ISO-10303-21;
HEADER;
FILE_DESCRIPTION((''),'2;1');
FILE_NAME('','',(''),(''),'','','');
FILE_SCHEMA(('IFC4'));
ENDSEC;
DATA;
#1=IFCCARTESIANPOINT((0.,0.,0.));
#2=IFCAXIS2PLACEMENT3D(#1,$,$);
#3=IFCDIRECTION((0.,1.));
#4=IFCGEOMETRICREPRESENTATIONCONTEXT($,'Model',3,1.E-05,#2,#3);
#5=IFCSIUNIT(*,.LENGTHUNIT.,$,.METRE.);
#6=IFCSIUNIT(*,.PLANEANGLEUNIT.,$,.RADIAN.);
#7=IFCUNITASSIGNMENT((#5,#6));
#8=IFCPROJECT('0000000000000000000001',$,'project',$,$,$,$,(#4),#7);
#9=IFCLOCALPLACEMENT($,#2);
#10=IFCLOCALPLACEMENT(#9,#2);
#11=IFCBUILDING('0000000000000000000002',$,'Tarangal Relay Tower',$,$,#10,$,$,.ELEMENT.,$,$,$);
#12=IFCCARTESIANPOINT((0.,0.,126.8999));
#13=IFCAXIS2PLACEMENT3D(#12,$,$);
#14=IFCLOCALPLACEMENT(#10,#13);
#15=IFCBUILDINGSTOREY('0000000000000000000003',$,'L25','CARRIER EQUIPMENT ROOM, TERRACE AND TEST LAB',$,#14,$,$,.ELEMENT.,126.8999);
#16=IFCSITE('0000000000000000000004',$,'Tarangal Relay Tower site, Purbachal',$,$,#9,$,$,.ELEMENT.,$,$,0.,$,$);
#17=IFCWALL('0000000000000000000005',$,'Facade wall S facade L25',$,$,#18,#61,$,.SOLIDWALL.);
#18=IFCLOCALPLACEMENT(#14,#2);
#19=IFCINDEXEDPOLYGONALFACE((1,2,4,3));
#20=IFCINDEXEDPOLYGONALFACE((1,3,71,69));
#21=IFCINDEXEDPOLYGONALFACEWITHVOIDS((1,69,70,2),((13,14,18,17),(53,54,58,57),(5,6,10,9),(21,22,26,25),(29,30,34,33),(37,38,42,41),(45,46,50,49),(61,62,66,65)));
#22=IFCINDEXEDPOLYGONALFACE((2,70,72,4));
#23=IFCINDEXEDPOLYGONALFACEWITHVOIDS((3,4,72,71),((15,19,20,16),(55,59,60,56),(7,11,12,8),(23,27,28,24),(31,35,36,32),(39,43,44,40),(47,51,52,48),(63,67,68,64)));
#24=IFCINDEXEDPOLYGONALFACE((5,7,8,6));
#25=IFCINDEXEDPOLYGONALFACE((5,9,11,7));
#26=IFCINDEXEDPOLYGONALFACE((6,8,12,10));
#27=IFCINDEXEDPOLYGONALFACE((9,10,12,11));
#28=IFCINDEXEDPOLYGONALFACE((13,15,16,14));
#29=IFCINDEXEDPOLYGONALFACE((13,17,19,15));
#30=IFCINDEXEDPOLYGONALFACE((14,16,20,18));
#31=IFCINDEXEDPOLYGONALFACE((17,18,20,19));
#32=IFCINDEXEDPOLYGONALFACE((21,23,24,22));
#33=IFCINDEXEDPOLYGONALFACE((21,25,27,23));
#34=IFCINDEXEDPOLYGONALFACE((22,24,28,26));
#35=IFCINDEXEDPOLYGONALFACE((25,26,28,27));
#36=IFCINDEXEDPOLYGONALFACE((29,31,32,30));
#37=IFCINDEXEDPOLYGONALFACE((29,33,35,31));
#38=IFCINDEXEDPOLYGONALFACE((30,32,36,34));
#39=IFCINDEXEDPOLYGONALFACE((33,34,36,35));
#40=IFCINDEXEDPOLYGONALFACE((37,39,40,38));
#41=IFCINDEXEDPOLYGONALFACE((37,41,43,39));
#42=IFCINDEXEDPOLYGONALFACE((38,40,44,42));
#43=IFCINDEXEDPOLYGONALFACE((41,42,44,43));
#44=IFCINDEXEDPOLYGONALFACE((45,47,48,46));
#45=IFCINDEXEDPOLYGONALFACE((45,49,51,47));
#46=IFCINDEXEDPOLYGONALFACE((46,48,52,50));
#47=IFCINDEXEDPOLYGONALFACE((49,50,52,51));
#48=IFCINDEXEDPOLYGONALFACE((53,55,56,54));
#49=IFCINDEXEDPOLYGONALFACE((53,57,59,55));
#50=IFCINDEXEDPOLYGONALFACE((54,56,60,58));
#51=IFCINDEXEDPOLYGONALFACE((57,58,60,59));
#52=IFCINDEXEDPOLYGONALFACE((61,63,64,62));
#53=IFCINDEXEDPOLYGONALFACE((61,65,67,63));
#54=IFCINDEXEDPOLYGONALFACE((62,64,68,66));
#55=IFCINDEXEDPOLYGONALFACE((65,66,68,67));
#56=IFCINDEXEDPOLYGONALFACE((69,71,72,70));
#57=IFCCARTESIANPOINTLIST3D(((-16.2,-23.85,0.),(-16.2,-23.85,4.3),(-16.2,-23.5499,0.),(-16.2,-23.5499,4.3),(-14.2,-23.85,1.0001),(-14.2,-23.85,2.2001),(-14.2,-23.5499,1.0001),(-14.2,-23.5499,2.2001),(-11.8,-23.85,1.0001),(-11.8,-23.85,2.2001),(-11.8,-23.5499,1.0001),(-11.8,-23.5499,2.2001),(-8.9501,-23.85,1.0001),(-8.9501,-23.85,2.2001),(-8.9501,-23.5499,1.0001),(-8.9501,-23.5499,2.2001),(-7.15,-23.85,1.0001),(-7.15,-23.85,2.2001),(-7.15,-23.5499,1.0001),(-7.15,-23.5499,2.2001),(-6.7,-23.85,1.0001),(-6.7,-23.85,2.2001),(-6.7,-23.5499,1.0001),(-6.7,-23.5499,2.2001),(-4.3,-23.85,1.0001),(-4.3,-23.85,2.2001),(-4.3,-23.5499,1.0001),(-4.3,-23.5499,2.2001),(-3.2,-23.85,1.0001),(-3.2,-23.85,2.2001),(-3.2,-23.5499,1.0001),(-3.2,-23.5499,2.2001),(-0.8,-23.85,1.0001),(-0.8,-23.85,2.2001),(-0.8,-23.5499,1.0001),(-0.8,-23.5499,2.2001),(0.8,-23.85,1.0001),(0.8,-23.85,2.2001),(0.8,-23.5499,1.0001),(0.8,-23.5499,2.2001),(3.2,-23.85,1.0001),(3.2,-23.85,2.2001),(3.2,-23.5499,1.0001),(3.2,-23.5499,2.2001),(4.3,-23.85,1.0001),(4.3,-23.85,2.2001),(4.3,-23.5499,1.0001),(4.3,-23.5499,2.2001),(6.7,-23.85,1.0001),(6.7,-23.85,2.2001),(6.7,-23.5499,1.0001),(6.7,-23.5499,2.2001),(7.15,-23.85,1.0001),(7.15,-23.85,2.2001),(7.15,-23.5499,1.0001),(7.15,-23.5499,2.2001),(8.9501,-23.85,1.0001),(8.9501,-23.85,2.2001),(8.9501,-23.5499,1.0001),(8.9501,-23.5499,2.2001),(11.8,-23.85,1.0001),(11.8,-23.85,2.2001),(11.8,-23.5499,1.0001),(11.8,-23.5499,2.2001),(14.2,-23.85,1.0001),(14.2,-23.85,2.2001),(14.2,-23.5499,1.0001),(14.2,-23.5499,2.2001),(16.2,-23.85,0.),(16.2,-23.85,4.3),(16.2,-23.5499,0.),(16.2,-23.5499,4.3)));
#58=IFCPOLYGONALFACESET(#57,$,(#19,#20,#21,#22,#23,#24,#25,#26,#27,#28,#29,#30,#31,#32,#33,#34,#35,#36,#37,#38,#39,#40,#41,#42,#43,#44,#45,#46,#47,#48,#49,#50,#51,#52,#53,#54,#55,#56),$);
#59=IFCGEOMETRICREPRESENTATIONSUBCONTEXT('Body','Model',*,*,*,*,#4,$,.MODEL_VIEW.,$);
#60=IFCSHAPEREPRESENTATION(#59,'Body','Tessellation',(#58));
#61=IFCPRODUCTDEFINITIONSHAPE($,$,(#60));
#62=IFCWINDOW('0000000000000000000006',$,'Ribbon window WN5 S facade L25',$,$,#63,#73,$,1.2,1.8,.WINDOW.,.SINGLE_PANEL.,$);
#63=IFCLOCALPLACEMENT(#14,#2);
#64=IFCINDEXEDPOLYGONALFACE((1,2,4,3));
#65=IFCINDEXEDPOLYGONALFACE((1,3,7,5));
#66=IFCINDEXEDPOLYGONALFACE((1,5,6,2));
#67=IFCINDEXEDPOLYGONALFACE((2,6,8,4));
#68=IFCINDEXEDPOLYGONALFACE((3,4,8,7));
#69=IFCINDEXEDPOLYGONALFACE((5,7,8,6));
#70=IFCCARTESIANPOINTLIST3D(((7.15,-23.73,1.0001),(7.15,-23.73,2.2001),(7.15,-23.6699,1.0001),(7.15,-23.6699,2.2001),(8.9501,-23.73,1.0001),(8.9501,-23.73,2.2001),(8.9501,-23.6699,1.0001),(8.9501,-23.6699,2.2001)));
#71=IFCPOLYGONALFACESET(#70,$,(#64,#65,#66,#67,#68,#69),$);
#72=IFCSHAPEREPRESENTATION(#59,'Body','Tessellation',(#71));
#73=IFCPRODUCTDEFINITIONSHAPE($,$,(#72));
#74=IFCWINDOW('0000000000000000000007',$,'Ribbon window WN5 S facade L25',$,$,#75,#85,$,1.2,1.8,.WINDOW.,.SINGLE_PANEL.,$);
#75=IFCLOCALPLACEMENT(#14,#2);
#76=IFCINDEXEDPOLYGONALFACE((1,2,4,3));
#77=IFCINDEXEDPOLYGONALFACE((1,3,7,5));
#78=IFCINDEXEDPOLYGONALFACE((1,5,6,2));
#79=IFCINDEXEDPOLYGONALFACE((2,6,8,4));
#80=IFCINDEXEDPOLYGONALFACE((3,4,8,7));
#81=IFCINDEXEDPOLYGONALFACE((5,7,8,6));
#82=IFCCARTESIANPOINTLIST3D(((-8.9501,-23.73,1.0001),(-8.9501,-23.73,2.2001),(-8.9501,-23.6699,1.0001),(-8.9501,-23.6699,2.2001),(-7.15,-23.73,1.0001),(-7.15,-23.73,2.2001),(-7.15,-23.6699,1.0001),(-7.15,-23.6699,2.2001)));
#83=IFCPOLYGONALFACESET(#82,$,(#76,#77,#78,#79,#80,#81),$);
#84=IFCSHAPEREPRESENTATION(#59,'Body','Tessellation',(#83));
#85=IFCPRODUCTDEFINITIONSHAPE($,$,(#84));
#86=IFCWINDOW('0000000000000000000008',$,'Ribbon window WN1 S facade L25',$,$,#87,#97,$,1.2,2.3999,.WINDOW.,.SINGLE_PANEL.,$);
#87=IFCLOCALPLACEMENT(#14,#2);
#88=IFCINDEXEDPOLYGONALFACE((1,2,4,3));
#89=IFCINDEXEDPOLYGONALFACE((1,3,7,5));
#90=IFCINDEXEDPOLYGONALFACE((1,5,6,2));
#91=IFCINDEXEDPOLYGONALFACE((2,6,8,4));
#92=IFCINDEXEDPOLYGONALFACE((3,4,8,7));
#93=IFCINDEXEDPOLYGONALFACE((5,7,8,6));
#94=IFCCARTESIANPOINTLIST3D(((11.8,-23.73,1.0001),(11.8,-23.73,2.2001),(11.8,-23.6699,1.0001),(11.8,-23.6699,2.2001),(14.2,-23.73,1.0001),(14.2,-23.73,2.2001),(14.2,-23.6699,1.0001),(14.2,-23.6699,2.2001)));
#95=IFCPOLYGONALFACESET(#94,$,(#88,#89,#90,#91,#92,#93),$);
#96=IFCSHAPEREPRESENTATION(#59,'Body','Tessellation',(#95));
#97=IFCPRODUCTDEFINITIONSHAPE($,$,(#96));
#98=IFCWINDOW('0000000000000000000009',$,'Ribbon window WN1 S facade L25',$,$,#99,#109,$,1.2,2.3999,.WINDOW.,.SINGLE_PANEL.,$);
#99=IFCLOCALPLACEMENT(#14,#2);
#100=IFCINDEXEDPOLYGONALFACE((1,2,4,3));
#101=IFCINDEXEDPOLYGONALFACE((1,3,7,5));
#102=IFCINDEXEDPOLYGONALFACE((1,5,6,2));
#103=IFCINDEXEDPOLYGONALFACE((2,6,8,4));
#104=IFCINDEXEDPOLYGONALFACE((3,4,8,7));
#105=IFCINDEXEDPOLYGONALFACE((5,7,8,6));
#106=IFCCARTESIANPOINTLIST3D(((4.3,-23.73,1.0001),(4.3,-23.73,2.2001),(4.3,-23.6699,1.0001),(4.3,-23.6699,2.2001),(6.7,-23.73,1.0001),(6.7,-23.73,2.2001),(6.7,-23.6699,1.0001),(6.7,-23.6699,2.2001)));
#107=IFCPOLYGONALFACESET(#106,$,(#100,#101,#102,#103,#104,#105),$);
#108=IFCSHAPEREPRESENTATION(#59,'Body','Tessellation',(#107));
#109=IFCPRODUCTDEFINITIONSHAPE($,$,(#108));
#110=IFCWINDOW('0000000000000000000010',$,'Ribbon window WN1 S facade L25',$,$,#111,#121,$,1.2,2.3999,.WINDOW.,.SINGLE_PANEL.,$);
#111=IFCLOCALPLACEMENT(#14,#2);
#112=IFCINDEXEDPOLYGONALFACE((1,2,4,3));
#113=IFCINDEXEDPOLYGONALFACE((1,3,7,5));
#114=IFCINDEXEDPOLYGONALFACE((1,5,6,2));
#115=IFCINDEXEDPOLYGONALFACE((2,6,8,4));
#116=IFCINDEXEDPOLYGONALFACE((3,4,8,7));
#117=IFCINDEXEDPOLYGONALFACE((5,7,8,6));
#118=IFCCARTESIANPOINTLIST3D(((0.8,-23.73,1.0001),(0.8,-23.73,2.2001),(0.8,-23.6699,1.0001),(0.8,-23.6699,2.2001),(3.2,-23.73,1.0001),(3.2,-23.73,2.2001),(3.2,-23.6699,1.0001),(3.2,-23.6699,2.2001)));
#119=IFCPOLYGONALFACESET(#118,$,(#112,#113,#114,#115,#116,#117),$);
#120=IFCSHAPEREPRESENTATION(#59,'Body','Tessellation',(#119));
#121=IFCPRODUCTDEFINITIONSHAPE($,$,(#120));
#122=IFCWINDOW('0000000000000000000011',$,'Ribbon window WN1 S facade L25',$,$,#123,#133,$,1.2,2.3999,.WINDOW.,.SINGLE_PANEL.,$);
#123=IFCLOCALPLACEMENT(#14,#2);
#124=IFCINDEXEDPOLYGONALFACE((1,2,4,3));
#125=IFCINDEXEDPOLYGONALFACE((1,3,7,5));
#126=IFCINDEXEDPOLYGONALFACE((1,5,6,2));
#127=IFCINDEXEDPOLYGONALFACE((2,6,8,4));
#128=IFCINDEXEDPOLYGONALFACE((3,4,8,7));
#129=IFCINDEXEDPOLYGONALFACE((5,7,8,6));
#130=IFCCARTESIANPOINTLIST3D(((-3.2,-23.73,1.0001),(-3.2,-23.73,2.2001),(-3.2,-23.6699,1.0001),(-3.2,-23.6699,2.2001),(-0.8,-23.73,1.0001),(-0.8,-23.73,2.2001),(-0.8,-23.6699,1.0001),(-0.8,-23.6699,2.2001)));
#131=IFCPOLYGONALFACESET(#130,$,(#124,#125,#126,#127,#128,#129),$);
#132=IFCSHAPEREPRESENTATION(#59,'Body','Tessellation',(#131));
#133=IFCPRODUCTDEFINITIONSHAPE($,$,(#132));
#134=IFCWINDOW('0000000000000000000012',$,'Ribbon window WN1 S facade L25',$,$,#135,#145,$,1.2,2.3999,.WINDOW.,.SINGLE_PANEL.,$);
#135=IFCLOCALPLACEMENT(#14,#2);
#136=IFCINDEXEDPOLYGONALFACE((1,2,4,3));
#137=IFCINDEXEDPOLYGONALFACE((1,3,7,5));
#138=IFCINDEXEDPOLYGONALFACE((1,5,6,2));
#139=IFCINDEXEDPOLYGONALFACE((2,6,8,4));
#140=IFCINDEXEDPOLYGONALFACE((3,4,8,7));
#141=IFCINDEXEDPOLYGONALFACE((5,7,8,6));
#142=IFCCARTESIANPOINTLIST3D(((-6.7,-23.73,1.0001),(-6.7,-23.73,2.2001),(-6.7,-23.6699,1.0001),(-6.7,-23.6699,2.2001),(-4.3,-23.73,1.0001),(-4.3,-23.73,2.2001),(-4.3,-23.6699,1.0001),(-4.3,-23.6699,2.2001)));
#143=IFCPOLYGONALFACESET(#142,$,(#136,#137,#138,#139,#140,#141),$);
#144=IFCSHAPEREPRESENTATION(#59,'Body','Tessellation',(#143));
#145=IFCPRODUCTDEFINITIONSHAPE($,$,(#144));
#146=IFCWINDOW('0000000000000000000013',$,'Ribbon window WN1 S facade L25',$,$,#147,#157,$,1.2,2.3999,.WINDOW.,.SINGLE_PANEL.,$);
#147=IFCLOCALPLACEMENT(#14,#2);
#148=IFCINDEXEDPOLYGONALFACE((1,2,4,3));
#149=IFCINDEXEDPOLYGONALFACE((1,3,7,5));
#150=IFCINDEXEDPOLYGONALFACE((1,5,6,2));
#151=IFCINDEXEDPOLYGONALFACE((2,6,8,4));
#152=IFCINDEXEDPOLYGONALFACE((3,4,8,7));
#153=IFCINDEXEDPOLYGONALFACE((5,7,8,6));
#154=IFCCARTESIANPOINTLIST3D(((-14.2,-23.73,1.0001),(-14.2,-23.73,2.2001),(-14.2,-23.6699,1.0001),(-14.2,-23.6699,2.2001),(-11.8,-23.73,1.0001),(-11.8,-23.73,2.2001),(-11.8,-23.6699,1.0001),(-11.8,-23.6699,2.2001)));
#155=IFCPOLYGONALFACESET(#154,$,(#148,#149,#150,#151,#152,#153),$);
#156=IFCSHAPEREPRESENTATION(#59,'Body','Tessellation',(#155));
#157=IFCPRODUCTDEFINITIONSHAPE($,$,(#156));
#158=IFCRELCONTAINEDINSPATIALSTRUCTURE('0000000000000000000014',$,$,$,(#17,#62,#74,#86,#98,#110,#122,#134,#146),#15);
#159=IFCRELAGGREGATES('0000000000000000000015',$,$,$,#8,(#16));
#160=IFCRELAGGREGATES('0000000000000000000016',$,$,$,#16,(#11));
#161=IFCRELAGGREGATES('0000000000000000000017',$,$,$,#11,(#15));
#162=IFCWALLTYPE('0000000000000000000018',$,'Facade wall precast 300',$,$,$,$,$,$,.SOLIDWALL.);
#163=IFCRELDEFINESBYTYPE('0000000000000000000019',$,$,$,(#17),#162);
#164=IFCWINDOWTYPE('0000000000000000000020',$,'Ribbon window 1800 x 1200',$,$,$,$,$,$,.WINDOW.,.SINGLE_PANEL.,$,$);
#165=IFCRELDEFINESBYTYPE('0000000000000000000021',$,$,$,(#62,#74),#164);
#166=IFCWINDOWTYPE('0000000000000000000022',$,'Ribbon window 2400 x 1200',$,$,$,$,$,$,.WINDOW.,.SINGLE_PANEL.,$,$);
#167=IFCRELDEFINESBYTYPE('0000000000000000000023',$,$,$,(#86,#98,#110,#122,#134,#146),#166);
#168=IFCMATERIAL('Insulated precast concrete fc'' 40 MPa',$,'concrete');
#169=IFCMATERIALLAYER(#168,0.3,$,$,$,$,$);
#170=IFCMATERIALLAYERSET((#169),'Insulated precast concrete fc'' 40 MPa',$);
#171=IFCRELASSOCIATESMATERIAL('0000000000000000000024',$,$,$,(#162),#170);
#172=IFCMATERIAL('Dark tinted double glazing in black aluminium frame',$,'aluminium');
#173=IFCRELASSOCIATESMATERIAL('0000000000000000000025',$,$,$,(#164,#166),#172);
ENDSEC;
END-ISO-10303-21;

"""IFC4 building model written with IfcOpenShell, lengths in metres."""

from ifc_helpers import new_model, si_unit, direction, frame, frame_2d, origin, place, context, subcontext, project, spatial, rectangle, extrude, material, layer, layer_set, type_object, element, fill, save


model = new_model("IFC4")

# Units and contexts
model_context = context("Model", 3, precision=1e-05, world=origin(), true_north=direction((0.0, 1.0)))
body_context = subcontext(model_context, "Body", "Model", "MODEL_VIEW")
ifc_project = project(units=[si_unit("LENGTHUNIT", "METRE"), si_unit("PLANEANGLEUNIT", "RADIAN")], contexts=[model_context])

# Site, building, storey
site_placement = place(None, origin())
site = spatial("IfcSite", under=ifc_project, at=site_placement, Name="Tarangal Relay Tower site, Purbachal", CompositionType="ELEMENT", RefElevation=0.0)
building_placement = place(site_placement, origin())
building = spatial("IfcBuilding", under=site, at=building_placement, Name="Tarangal Relay Tower", CompositionType="ELEMENT")
storey_placement = place(building_placement, frame((0.0, 0.0, 126.8999)))
storey = spatial("IfcBuildingStorey", under=building, at=storey_placement, Name="L25", Description="CARRIER EQUIPMENT ROOM, TERRACE AND TEST LAB", CompositionType="ELEMENT", Elevation=126.8999)

# Shared definitions
ifc_material_1 = material(Name="Insulated precast concrete fc' 40 MPa", Category="concrete")
ifc_layer_1 = layer(ifc_material_1, 0.3)
ifc_layer_set_1 = layer_set([ifc_layer_1], Name="Insulated precast concrete fc' 40 MPa")
wall_type_1 = type_object("IfcWallType", Name="Facade wall precast 300", PredefinedType="SOLIDWALL", material=ifc_layer_set_1)

# Wall, openings, windows
wall_1_placement = place(storey_placement, frame((16.2, -23.7, 0.0), z_axis=(0.0, 0.0, 1.0), x_axis=(-1.0, 0.0, 0.0)))
wall_1 = element("IfcWall", 1, at=wall_1_placement, inside=storey, type_object=wall_type_1, Name="Facade wall S facade L25", PredefinedType="SOLIDWALL", context=body_context, shape_type="SweptSolid", body=[
    extrude(rectangle(XDim=32.3999, YDim=0.3, at=frame_2d((16.2, 0.0))), origin(), (0.0, 0.0, 1.0), 4.3),
])
opening_1_placement = place(wall_1_placement, frame((2.0, 0.0, 1.0)))
opening_1 = element("IfcOpeningElement", 2, at=opening_1_placement, cuts=wall_1, PredefinedType="OPENING", context=body_context, shape_type="SweptSolid", body=[
    extrude(rectangle(XDim=2.3999, YDim=1.2, at=frame_2d((1.2, 0.6001))), frame((0.0, 0.1599, 0.0), z_axis=(0.0, -1.0, 0.0), x_axis=(1.0, 0.0, 0.0)), (0.0, 0.0, 1.0), 0.3201),
])
opening_2_placement = place(wall_1_placement, frame((7.25, 0.0, 1.0)))
opening_2 = element("IfcOpeningElement", 3, at=opening_2_placement, cuts=wall_1, PredefinedType="OPENING", context=body_context, shape_type="SweptSolid", body=[
    extrude(rectangle(XDim=1.8, YDim=1.2, at=frame_2d((0.8999, 0.6001))), frame((0.0, 0.1599, 0.0), z_axis=(0.0, -1.0, 0.0), x_axis=(1.0, 0.0, 0.0)), (0.0, 0.0, 1.0), 0.3201),
])
opening_3_placement = place(wall_1_placement, frame((9.5, 0.0, 1.0)))
opening_3 = element("IfcOpeningElement", 4, at=opening_3_placement, cuts=wall_1, PredefinedType="OPENING", context=body_context, shape_type="SweptSolid", body=[
    extrude(rectangle(XDim=2.3999, YDim=1.2, at=frame_2d((1.2, 0.6001))), frame((0.0, 0.1599, 0.0), z_axis=(0.0, -1.0, 0.0), x_axis=(1.0, 0.0, 0.0)), (0.0, 0.0, 1.0), 0.3201),
])
opening_4_placement = place(wall_1_placement, frame((13.0, 0.0, 1.0)))
opening_4 = element("IfcOpeningElement", 5, at=opening_4_placement, cuts=wall_1, PredefinedType="OPENING", context=body_context, shape_type="SweptSolid", body=[
    extrude(rectangle(XDim=2.3999, YDim=1.2, at=frame_2d((1.2, 0.6001))), frame((0.0, 0.1599, 0.0), z_axis=(0.0, -1.0, 0.0), x_axis=(1.0, 0.0, 0.0)), (0.0, 0.0, 1.0), 0.3201),
])
opening_5_placement = place(wall_1_placement, frame((17.0, 0.0, 1.0)))
opening_5 = element("IfcOpeningElement", 6, at=opening_5_placement, cuts=wall_1, PredefinedType="OPENING", context=body_context, shape_type="SweptSolid", body=[
    extrude(rectangle(XDim=2.3999, YDim=1.2, at=frame_2d((1.2, 0.6001))), frame((0.0, 0.1599, 0.0), z_axis=(0.0, -1.0, 0.0), x_axis=(1.0, 0.0, 0.0)), (0.0, 0.0, 1.0), 0.3201),
])
opening_6_placement = place(wall_1_placement, frame((20.5, 0.0, 1.0)))
opening_6 = element("IfcOpeningElement", 7, at=opening_6_placement, cuts=wall_1, PredefinedType="OPENING", context=body_context, shape_type="SweptSolid", body=[
    extrude(rectangle(XDim=2.3999, YDim=1.2, at=frame_2d((1.2, 0.6001))), frame((0.0, 0.1599, 0.0), z_axis=(0.0, -1.0, 0.0), x_axis=(1.0, 0.0, 0.0)), (0.0, 0.0, 1.0), 0.3201),
])
opening_7_placement = place(wall_1_placement, frame((23.3501, 0.0, 1.0)))
opening_7 = element("IfcOpeningElement", 8, at=opening_7_placement, cuts=wall_1, PredefinedType="OPENING", context=body_context, shape_type="SweptSolid", body=[
    extrude(rectangle(XDim=1.8, YDim=1.2, at=frame_2d((0.8999, 0.6001))), frame((0.0, 0.1599, 0.0), z_axis=(0.0, -1.0, 0.0), x_axis=(1.0, 0.0, 0.0)), (0.0, 0.0, 1.0), 0.3201),
])
opening_8_placement = place(wall_1_placement, frame((28.0, 0.0, 1.0)))
opening_8 = element("IfcOpeningElement", 9, at=opening_8_placement, cuts=wall_1, PredefinedType="OPENING", context=body_context, shape_type="SweptSolid", body=[
    extrude(rectangle(XDim=2.3999, YDim=1.2, at=frame_2d((1.2, 0.6001))), frame((0.0, 0.1599, 0.0), z_axis=(0.0, -1.0, 0.0), x_axis=(1.0, 0.0, 0.0)), (0.0, 0.0, 1.0), 0.3201),
])
ifc_material_2 = material(Name="Dark tinted double glazing in black aluminium frame", Category="aluminium")
window_type_1 = type_object("IfcWindowType", Name="Ribbon window 1800 x 1200", PartitioningType="SINGLE_PANEL", PredefinedType="WINDOW", material=ifc_material_2)
window_1_placement = place(opening_2_placement, origin())
window_1 = element("IfcWindow", 10, at=window_1_placement, inside=storey, type_object=window_type_1, Name="Ribbon window WN5 S facade L25", OverallHeight=1.2, OverallWidth=1.8, PartitioningType="SINGLE_PANEL", PredefinedType="WINDOW", context=body_context, shape_type="SweptSolid", body=[
    extrude(rectangle(XDim=1.8, YDim=1.2, at=frame_2d((0.8999, 0.6001))), frame((0.0, 0.03, 0.0), z_axis=(0.0, -1.0, 0.0), x_axis=(1.0, 0.0, 0.0)), (0.0, 0.0, 1.0), 0.0601),
])
fill(opening_2, window_1)
window_2_placement = place(opening_7_placement, origin())
window_2 = element("IfcWindow", 11, at=window_2_placement, inside=storey, type_object=window_type_1, Name="Ribbon window WN5 S facade L25", OverallHeight=1.2, OverallWidth=1.8, PartitioningType="SINGLE_PANEL", PredefinedType="WINDOW", context=body_context, shape_type="SweptSolid", body=[
    extrude(rectangle(XDim=1.8, YDim=1.2, at=frame_2d((0.8999, 0.6001))), frame((0.0, 0.03, 0.0), z_axis=(0.0, -1.0, 0.0), x_axis=(1.0, 0.0, 0.0)), (0.0, 0.0, 1.0), 0.0601),
])
fill(opening_7, window_2)
window_type_2 = type_object("IfcWindowType", Name="Ribbon window 2400 x 1200", PartitioningType="SINGLE_PANEL", PredefinedType="WINDOW", material=ifc_material_2)
window_3_placement = place(opening_1_placement, origin())
window_3 = element("IfcWindow", 12, at=window_3_placement, inside=storey, type_object=window_type_2, Name="Ribbon window WN1 S facade L25", OverallHeight=1.2, OverallWidth=2.3999, PartitioningType="SINGLE_PANEL", PredefinedType="WINDOW", context=body_context, shape_type="SweptSolid", body=[
    extrude(rectangle(XDim=2.3999, YDim=1.2, at=frame_2d((1.2, 0.6001))), frame((0.0, 0.03, 0.0), z_axis=(0.0, -1.0, 0.0), x_axis=(1.0, 0.0, 0.0)), (0.0, 0.0, 1.0), 0.0601),
])
fill(opening_1, window_3)
window_4_placement = place(opening_3_placement, origin())
window_4 = element("IfcWindow", 13, at=window_4_placement, inside=storey, type_object=window_type_2, Name="Ribbon window WN1 S facade L25", OverallHeight=1.2, OverallWidth=2.3999, PartitioningType="SINGLE_PANEL", PredefinedType="WINDOW", context=body_context, shape_type="SweptSolid", body=[
    extrude(rectangle(XDim=2.3999, YDim=1.2, at=frame_2d((1.2, 0.6001))), frame((0.0, 0.03, 0.0), z_axis=(0.0, -1.0, 0.0), x_axis=(1.0, 0.0, 0.0)), (0.0, 0.0, 1.0), 0.0601),
])
fill(opening_3, window_4)
window_5_placement = place(opening_4_placement, origin())
window_5 = element("IfcWindow", 14, at=window_5_placement, inside=storey, type_object=window_type_2, Name="Ribbon window WN1 S facade L25", OverallHeight=1.2, OverallWidth=2.3999, PartitioningType="SINGLE_PANEL", PredefinedType="WINDOW", context=body_context, shape_type="SweptSolid", body=[
    extrude(rectangle(XDim=2.3999, YDim=1.2, at=frame_2d((1.2, 0.6001))), frame((0.0, 0.03, 0.0), z_axis=(0.0, -1.0, 0.0), x_axis=(1.0, 0.0, 0.0)), (0.0, 0.0, 1.0), 0.0601),
])
fill(opening_4, window_5)
window_6_placement = place(opening_5_placement, origin())
window_6 = element("IfcWindow", 15, at=window_6_placement, inside=storey, type_object=window_type_2, Name="Ribbon window WN1 S facade L25", OverallHeight=1.2, OverallWidth=2.3999, PartitioningType="SINGLE_PANEL", PredefinedType="WINDOW", context=body_context, shape_type="SweptSolid", body=[
    extrude(rectangle(XDim=2.3999, YDim=1.2, at=frame_2d((1.2, 0.6001))), frame((0.0, 0.03, 0.0), z_axis=(0.0, -1.0, 0.0), x_axis=(1.0, 0.0, 0.0)), (0.0, 0.0, 1.0), 0.0601),
])
fill(opening_5, window_6)
window_7_placement = place(opening_6_placement, origin())
window_7 = element("IfcWindow", 16, at=window_7_placement, inside=storey, type_object=window_type_2, Name="Ribbon window WN1 S facade L25", OverallHeight=1.2, OverallWidth=2.3999, PartitioningType="SINGLE_PANEL", PredefinedType="WINDOW", context=body_context, shape_type="SweptSolid", body=[
    extrude(rectangle(XDim=2.3999, YDim=1.2, at=frame_2d((1.2, 0.6001))), frame((0.0, 0.03, 0.0), z_axis=(0.0, -1.0, 0.0), x_axis=(1.0, 0.0, 0.0)), (0.0, 0.0, 1.0), 0.0601),
])
fill(opening_6, window_7)
window_8_placement = place(opening_8_placement, origin())
window_8 = element("IfcWindow", 17, at=window_8_placement, inside=storey, type_object=window_type_2, Name="Ribbon window WN1 S facade L25", OverallHeight=1.2, OverallWidth=2.3999, PartitioningType="SINGLE_PANEL", PredefinedType="WINDOW", context=body_context, shape_type="SweptSolid", body=[
    extrude(rectangle(XDim=2.3999, YDim=1.2, at=frame_2d((1.2, 0.6001))), frame((0.0, 0.03, 0.0), z_axis=(0.0, -1.0, 0.0), x_axis=(1.0, 0.0, 0.0)), (0.0, 0.0, 1.0), 0.0601),
])
fill(opening_8, window_8)

save(model, "model.ifc")
